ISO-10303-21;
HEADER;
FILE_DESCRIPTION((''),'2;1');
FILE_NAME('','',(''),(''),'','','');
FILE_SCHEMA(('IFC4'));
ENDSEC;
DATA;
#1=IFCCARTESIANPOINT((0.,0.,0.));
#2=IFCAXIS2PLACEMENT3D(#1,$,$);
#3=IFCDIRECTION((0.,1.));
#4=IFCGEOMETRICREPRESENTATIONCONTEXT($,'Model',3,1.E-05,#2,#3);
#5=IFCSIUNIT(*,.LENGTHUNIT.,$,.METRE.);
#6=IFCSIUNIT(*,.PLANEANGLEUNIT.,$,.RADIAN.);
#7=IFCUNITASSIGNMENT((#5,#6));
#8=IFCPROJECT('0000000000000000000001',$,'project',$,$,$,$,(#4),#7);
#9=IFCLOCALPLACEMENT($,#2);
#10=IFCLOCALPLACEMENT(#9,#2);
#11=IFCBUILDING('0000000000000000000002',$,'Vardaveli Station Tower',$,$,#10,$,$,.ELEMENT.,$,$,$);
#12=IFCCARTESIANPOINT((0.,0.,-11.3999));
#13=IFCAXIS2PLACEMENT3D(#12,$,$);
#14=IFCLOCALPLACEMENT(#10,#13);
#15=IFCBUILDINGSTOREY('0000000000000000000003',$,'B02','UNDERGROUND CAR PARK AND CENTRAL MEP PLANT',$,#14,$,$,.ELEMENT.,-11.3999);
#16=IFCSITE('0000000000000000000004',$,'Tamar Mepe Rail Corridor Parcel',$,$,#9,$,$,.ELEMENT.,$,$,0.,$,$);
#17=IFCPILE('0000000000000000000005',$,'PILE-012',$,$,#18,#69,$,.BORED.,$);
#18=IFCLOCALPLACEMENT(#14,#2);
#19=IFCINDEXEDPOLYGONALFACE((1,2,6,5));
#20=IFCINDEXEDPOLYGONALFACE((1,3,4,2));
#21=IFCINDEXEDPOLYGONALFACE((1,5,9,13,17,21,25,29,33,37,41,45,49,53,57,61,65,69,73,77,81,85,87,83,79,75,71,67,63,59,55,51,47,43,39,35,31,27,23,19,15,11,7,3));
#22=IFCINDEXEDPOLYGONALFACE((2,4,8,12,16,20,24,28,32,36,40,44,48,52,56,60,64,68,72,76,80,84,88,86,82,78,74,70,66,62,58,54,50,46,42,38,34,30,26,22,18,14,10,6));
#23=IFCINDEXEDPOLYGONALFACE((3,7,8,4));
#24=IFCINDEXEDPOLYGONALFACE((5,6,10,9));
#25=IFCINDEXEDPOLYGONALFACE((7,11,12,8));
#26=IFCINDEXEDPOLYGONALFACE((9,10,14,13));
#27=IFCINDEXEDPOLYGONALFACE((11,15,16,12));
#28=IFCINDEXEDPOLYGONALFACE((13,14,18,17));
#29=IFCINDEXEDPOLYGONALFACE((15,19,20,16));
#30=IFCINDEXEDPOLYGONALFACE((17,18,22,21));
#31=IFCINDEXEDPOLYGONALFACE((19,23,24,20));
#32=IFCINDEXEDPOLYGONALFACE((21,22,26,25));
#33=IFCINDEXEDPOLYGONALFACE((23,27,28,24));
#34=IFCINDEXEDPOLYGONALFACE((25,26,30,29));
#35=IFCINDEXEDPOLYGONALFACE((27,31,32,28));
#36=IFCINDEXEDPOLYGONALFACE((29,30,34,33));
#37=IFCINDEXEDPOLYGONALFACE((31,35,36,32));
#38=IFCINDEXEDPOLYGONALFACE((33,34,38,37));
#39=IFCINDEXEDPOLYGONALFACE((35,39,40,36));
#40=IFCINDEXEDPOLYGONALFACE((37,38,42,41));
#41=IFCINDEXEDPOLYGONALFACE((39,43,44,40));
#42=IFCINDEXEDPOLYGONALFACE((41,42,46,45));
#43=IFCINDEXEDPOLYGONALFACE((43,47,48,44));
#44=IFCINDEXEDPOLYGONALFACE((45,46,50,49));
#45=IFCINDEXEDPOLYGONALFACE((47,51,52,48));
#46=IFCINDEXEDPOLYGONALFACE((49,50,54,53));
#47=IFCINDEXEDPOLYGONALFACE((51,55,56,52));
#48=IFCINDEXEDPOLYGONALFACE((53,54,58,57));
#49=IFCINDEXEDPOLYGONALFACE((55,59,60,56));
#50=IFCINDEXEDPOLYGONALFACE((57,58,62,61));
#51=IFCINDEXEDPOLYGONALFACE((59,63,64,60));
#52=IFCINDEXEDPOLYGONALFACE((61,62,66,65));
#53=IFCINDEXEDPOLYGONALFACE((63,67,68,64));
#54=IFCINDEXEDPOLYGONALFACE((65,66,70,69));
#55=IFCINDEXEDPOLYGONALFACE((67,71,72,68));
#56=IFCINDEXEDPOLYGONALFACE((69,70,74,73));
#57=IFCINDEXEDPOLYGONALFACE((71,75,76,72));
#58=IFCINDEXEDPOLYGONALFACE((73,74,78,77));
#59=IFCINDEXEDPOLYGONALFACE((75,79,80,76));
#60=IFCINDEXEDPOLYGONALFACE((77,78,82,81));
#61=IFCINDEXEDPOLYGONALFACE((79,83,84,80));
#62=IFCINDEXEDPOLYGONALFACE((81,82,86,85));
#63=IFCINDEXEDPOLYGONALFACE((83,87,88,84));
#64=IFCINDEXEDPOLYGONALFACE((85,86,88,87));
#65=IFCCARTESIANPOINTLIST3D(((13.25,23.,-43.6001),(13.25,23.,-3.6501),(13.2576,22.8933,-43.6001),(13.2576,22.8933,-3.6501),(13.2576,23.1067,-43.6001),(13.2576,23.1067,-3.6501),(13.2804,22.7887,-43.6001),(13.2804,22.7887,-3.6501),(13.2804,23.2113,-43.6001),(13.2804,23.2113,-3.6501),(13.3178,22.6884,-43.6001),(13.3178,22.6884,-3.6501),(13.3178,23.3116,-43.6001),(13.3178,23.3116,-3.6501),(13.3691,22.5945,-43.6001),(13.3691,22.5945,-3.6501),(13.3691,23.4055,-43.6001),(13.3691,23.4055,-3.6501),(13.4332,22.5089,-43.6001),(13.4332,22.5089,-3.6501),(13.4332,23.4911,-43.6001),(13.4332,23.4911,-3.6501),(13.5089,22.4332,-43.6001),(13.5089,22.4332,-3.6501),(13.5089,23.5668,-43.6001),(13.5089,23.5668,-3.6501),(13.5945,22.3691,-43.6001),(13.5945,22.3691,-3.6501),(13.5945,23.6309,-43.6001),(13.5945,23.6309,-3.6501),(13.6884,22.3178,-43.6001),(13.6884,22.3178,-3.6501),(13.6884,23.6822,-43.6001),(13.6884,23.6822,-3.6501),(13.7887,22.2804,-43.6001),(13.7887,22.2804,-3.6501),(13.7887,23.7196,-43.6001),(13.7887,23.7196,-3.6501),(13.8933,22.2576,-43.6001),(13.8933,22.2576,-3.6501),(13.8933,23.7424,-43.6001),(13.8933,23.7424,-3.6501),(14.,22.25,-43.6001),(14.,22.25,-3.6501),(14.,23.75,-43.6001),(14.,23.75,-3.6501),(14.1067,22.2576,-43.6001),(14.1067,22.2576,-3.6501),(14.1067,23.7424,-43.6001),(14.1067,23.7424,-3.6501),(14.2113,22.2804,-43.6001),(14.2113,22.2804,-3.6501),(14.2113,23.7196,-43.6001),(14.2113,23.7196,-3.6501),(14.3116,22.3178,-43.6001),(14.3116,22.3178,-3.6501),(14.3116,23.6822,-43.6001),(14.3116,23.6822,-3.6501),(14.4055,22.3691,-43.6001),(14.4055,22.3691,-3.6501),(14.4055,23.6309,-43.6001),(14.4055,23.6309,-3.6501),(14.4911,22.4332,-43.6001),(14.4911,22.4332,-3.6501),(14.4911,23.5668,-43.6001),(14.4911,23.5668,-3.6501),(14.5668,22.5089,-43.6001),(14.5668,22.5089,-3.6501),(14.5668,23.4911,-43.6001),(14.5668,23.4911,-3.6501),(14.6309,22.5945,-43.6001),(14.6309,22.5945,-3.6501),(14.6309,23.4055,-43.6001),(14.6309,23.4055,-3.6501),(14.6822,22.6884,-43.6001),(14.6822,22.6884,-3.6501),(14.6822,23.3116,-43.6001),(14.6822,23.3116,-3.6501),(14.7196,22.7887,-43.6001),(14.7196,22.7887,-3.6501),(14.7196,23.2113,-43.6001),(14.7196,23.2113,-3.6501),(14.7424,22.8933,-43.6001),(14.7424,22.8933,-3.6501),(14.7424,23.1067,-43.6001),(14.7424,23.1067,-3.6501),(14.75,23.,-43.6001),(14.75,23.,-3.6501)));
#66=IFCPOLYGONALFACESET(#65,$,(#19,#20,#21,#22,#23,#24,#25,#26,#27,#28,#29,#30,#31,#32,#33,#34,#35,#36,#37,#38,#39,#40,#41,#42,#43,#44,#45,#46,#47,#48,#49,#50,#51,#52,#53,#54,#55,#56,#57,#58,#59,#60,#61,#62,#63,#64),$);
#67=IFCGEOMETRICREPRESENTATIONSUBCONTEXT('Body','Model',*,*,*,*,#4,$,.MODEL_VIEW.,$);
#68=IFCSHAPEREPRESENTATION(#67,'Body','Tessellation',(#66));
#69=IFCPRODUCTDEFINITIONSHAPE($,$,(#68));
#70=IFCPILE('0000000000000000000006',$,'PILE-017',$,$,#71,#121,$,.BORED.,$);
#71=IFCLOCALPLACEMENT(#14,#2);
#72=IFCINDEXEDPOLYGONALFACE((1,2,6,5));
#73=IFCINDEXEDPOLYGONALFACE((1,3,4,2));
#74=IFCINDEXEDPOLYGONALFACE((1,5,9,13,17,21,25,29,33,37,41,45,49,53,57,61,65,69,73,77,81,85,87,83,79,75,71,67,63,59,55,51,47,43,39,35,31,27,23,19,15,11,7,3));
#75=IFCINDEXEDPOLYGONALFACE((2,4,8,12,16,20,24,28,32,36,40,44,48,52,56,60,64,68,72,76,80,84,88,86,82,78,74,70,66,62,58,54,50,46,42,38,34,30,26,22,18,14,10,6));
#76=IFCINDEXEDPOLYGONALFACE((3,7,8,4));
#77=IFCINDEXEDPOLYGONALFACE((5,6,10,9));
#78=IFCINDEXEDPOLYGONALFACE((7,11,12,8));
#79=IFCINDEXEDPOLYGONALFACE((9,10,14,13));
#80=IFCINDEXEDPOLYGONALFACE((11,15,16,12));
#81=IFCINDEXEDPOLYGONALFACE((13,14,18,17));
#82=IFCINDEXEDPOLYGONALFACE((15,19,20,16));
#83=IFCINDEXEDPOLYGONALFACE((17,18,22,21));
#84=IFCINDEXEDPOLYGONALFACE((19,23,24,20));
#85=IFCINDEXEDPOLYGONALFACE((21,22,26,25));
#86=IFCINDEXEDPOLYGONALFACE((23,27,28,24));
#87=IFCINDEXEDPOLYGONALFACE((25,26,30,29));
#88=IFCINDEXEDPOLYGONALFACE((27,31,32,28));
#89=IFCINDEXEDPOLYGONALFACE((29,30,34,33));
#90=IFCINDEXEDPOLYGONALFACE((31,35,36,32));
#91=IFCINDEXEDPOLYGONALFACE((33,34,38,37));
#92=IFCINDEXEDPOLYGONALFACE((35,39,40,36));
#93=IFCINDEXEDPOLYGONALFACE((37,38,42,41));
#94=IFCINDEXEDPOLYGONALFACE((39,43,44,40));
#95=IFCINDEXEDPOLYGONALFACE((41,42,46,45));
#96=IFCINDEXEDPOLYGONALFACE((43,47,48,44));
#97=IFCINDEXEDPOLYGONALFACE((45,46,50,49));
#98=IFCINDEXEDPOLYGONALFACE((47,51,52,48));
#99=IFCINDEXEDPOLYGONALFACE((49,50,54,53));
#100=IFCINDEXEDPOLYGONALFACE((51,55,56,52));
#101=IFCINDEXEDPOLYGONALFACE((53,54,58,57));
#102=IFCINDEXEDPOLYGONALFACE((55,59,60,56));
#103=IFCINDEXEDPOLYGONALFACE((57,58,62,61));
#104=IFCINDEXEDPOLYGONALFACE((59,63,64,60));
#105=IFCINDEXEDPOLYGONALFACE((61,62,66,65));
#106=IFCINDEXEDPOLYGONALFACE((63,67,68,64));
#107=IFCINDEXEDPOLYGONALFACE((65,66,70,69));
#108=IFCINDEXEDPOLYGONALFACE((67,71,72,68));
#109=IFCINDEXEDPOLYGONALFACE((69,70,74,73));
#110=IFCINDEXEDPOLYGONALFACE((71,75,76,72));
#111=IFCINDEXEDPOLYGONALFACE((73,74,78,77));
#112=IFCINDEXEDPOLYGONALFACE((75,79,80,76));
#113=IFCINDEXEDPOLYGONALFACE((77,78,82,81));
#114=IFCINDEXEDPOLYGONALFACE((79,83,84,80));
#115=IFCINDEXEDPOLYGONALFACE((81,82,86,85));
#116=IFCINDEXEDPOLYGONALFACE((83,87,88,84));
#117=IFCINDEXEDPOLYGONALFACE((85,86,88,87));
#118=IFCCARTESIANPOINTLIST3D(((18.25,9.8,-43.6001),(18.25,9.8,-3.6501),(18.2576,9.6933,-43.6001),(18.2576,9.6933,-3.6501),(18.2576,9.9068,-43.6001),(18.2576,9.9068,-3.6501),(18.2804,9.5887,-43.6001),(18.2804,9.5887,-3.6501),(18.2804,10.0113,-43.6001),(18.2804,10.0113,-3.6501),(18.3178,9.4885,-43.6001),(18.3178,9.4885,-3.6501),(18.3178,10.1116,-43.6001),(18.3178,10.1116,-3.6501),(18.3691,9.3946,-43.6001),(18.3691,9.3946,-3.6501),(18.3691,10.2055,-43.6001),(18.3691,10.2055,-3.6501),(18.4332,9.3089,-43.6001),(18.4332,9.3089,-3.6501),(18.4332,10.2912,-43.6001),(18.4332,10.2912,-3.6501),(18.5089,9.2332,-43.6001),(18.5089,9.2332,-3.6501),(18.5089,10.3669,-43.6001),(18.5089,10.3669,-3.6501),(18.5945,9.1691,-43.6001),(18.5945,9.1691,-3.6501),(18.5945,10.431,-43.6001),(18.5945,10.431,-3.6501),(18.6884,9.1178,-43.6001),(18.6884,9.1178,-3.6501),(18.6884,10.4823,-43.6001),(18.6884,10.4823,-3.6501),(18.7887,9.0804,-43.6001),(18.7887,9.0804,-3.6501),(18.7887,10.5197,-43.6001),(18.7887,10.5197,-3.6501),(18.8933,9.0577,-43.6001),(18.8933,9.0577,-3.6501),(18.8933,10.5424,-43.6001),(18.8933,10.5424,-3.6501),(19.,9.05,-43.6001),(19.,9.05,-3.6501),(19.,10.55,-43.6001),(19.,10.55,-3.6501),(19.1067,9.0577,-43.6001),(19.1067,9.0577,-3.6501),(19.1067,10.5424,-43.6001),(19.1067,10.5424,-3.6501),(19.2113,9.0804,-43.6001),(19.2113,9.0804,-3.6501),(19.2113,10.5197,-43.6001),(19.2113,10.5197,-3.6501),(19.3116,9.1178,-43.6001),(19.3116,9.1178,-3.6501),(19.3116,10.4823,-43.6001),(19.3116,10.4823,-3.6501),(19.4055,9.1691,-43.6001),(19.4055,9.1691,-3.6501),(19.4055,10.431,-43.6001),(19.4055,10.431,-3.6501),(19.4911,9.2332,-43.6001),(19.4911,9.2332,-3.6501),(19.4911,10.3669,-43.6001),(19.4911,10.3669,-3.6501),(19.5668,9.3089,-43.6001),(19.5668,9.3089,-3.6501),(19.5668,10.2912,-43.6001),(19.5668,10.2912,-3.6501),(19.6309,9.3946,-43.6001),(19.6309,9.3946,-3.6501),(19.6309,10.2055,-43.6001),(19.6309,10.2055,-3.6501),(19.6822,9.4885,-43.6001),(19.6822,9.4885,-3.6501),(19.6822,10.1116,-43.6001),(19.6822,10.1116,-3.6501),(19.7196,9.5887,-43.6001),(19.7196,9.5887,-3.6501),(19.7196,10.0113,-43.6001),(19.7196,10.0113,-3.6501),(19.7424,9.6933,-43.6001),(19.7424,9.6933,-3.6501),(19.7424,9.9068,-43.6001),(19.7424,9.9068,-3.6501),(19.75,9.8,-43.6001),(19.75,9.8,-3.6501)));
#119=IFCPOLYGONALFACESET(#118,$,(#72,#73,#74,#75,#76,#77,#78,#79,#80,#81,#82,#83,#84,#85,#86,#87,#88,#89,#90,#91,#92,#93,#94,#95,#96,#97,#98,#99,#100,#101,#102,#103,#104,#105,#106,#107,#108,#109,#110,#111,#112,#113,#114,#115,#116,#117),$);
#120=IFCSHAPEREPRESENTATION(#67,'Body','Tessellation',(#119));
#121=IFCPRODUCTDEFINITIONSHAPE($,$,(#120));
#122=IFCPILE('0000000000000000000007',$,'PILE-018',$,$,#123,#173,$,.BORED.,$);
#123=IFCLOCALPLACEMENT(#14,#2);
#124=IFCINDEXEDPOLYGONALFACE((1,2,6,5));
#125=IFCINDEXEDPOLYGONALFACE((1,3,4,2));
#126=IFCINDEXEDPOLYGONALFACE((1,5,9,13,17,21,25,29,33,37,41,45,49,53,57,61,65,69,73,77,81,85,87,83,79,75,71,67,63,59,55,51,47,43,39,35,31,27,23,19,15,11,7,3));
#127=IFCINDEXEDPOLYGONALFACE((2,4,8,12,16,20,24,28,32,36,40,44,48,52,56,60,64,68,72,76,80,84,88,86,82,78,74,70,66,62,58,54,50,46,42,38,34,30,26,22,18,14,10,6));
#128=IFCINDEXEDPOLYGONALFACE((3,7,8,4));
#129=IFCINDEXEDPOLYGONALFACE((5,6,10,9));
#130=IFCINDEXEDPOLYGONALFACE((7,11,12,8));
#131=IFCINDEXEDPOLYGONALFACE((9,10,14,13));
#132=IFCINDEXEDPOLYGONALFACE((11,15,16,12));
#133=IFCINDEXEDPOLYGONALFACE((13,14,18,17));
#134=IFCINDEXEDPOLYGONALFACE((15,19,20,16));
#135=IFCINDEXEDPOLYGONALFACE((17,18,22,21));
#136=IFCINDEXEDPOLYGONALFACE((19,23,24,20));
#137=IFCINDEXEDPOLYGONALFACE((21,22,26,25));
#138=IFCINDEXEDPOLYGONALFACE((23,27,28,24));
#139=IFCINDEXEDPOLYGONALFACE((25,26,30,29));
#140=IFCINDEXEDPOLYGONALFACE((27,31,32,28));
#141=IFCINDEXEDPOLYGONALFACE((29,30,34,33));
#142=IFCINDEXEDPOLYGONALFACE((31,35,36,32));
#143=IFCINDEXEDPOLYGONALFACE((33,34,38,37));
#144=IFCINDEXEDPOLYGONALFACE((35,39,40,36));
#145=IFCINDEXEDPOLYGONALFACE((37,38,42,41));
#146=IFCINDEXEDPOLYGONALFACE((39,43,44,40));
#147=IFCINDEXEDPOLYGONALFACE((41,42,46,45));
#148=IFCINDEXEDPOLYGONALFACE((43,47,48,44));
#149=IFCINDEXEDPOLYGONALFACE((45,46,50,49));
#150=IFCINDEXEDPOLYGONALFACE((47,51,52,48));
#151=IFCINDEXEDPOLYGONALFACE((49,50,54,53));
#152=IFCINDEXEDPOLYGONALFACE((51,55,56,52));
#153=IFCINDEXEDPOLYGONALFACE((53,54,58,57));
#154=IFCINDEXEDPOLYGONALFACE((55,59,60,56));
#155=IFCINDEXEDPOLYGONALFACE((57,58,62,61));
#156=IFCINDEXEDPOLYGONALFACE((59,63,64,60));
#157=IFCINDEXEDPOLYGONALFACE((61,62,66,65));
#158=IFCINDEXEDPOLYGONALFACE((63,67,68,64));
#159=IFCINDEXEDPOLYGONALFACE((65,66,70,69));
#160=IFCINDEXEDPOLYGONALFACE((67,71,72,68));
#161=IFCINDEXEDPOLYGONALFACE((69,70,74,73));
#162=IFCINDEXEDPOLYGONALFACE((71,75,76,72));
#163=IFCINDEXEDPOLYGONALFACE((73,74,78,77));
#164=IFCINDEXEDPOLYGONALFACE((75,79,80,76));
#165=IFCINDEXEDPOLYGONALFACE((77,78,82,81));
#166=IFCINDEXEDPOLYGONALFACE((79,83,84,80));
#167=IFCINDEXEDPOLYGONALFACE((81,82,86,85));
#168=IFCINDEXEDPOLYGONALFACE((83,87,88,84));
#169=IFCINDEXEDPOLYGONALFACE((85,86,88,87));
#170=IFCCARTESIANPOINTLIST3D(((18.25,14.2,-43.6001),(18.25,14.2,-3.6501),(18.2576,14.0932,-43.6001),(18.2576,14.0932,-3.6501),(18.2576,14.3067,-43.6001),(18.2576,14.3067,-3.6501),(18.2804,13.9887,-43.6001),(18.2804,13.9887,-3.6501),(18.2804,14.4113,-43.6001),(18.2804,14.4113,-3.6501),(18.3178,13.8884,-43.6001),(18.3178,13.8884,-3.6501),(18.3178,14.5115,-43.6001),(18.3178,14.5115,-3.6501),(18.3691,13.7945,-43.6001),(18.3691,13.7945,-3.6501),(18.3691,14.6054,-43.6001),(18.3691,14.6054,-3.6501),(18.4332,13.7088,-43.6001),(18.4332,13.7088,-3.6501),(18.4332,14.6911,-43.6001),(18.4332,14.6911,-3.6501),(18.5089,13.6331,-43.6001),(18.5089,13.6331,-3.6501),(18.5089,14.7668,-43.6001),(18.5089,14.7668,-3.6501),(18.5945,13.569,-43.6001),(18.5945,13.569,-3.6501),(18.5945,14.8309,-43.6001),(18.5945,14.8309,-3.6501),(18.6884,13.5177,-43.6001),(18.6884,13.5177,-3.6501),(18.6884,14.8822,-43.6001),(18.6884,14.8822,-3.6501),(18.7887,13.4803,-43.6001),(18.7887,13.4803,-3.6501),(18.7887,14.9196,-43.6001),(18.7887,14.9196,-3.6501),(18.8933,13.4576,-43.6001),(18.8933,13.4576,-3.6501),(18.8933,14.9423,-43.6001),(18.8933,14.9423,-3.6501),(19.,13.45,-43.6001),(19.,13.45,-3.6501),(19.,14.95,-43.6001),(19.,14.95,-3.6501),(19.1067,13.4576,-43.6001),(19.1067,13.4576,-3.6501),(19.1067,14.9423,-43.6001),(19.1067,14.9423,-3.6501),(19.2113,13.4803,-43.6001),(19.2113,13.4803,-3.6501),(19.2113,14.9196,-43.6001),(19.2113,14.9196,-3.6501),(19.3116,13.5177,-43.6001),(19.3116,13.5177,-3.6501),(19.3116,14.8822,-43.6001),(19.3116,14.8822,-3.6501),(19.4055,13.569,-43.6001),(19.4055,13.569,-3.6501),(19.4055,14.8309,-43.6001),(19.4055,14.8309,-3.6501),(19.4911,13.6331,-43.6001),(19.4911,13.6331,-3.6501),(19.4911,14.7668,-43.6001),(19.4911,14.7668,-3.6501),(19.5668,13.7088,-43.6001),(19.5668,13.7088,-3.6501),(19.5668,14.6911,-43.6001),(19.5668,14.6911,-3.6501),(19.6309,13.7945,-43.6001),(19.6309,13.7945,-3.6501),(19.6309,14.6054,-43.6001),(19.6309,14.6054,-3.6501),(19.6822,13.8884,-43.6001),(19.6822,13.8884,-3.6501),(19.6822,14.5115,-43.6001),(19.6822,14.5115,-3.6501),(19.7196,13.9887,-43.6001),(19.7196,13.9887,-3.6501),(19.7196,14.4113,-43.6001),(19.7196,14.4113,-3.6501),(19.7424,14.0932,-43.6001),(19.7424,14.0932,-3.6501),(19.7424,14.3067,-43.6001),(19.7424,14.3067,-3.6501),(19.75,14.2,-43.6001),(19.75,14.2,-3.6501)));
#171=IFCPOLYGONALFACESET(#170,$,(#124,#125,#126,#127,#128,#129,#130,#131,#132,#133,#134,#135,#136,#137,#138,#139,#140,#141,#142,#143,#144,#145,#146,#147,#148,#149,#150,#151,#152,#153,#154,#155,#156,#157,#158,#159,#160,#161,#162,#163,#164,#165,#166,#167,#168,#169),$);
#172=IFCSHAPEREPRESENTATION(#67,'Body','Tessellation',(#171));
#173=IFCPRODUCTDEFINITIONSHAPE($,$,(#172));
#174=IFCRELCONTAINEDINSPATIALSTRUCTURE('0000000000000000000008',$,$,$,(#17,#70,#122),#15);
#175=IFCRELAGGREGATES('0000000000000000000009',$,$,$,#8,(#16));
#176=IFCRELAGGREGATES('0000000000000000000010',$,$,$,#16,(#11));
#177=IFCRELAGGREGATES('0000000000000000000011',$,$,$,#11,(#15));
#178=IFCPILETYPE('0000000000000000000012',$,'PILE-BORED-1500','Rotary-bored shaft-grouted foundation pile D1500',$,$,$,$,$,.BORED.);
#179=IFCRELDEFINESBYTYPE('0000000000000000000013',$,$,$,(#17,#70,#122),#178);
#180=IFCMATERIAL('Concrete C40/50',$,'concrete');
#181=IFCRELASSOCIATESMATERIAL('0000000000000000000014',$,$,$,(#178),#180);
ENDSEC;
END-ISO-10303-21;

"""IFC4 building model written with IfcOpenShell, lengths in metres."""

from ifc_helpers import new_model, si_unit, direction, frame, origin, origin_2d, place, context, subcontext, project, spatial, circle, extrude, source, transform, mapped, material, material_profile, profile_set, type_object, element, save


model = new_model("IFC4")

# Units and contexts
model_context = context("Model", 3, precision=1e-05, world=origin(), true_north=direction((0.0, 1.0)))
body_context = subcontext(model_context, "Body", "Model", "MODEL_VIEW")
ifc_project = project(units=[si_unit("LENGTHUNIT", "METRE"), si_unit("PLANEANGLEUNIT", "RADIAN")], contexts=[model_context])

# Site, building, storey
site_placement = place(None, origin())
site = spatial("IfcSite", under=ifc_project, at=site_placement, Name="Tamar Mepe Rail Corridor Parcel", CompositionType="ELEMENT", RefElevation=0.0)
building_placement = place(site_placement, origin())
building = spatial("IfcBuilding", under=site, at=building_placement, Name="Vardaveli Station Tower", CompositionType="ELEMENT")
storey_placement = place(building_placement, frame((0.0, 0.0, -11.3999)))
storey = spatial("IfcBuildingStorey", under=building, at=storey_placement, Name="B02", Description="UNDERGROUND CAR PARK AND CENTRAL MEP PLANT", CompositionType="ELEMENT", Elevation=-11.3999)

# Piles
ifc_material_1 = material(Name="Concrete C40/50", Category="concrete")
ifc_material_profile_1 = material_profile(ifc_material_1, circle(Radius=0.75, at=origin_2d()), Name="PILE D1500")
ifc_profile_set_1 = profile_set([ifc_material_profile_1], Name="Concrete C40/50")
pile_type_1 = type_object("IfcPileType", Name="PILE-BORED-1500", Description="Rotary-bored shaft-grouted foundation pile D1500", PredefinedType="BORED", material=ifc_profile_set_1)
shared_shape_1 = source(origin(), body_context, "Body", "SweptSolid", [
    extrude(circle(Radius=0.75, at=origin_2d()), origin(), (0.0, 0.0, 1.0), 39.95),
])
for number, where, z_axis, x_axis, name in (
    (1, (14.0, 23.0, -3.6501), (0.0, 0.0, -1.0), (1.0, 0.0, 0.0), "PILE-012"),
    (2, (19.0, 9.8, -3.6501), (0.0, 0.0, -1.0), (1.0, 0.0, 0.0), "PILE-017"),
    (3, (19.0, 14.2, -3.6501), (0.0, 0.0, -1.0), (1.0, 0.0, 0.0), "PILE-018"),
):
    element("IfcPile", number, at=place(storey_placement, frame(where, z_axis=z_axis, x_axis=x_axis)), inside=storey, type_object=pile_type_1, Name=name, PredefinedType="BORED", context=body_context, shape_type="MappedRepresentation", body=[
        mapped(shared_shape_1, transform((0.0, 0.0, 0.0), scale=1.0)),
    ])

save(model, "model.ifc")
